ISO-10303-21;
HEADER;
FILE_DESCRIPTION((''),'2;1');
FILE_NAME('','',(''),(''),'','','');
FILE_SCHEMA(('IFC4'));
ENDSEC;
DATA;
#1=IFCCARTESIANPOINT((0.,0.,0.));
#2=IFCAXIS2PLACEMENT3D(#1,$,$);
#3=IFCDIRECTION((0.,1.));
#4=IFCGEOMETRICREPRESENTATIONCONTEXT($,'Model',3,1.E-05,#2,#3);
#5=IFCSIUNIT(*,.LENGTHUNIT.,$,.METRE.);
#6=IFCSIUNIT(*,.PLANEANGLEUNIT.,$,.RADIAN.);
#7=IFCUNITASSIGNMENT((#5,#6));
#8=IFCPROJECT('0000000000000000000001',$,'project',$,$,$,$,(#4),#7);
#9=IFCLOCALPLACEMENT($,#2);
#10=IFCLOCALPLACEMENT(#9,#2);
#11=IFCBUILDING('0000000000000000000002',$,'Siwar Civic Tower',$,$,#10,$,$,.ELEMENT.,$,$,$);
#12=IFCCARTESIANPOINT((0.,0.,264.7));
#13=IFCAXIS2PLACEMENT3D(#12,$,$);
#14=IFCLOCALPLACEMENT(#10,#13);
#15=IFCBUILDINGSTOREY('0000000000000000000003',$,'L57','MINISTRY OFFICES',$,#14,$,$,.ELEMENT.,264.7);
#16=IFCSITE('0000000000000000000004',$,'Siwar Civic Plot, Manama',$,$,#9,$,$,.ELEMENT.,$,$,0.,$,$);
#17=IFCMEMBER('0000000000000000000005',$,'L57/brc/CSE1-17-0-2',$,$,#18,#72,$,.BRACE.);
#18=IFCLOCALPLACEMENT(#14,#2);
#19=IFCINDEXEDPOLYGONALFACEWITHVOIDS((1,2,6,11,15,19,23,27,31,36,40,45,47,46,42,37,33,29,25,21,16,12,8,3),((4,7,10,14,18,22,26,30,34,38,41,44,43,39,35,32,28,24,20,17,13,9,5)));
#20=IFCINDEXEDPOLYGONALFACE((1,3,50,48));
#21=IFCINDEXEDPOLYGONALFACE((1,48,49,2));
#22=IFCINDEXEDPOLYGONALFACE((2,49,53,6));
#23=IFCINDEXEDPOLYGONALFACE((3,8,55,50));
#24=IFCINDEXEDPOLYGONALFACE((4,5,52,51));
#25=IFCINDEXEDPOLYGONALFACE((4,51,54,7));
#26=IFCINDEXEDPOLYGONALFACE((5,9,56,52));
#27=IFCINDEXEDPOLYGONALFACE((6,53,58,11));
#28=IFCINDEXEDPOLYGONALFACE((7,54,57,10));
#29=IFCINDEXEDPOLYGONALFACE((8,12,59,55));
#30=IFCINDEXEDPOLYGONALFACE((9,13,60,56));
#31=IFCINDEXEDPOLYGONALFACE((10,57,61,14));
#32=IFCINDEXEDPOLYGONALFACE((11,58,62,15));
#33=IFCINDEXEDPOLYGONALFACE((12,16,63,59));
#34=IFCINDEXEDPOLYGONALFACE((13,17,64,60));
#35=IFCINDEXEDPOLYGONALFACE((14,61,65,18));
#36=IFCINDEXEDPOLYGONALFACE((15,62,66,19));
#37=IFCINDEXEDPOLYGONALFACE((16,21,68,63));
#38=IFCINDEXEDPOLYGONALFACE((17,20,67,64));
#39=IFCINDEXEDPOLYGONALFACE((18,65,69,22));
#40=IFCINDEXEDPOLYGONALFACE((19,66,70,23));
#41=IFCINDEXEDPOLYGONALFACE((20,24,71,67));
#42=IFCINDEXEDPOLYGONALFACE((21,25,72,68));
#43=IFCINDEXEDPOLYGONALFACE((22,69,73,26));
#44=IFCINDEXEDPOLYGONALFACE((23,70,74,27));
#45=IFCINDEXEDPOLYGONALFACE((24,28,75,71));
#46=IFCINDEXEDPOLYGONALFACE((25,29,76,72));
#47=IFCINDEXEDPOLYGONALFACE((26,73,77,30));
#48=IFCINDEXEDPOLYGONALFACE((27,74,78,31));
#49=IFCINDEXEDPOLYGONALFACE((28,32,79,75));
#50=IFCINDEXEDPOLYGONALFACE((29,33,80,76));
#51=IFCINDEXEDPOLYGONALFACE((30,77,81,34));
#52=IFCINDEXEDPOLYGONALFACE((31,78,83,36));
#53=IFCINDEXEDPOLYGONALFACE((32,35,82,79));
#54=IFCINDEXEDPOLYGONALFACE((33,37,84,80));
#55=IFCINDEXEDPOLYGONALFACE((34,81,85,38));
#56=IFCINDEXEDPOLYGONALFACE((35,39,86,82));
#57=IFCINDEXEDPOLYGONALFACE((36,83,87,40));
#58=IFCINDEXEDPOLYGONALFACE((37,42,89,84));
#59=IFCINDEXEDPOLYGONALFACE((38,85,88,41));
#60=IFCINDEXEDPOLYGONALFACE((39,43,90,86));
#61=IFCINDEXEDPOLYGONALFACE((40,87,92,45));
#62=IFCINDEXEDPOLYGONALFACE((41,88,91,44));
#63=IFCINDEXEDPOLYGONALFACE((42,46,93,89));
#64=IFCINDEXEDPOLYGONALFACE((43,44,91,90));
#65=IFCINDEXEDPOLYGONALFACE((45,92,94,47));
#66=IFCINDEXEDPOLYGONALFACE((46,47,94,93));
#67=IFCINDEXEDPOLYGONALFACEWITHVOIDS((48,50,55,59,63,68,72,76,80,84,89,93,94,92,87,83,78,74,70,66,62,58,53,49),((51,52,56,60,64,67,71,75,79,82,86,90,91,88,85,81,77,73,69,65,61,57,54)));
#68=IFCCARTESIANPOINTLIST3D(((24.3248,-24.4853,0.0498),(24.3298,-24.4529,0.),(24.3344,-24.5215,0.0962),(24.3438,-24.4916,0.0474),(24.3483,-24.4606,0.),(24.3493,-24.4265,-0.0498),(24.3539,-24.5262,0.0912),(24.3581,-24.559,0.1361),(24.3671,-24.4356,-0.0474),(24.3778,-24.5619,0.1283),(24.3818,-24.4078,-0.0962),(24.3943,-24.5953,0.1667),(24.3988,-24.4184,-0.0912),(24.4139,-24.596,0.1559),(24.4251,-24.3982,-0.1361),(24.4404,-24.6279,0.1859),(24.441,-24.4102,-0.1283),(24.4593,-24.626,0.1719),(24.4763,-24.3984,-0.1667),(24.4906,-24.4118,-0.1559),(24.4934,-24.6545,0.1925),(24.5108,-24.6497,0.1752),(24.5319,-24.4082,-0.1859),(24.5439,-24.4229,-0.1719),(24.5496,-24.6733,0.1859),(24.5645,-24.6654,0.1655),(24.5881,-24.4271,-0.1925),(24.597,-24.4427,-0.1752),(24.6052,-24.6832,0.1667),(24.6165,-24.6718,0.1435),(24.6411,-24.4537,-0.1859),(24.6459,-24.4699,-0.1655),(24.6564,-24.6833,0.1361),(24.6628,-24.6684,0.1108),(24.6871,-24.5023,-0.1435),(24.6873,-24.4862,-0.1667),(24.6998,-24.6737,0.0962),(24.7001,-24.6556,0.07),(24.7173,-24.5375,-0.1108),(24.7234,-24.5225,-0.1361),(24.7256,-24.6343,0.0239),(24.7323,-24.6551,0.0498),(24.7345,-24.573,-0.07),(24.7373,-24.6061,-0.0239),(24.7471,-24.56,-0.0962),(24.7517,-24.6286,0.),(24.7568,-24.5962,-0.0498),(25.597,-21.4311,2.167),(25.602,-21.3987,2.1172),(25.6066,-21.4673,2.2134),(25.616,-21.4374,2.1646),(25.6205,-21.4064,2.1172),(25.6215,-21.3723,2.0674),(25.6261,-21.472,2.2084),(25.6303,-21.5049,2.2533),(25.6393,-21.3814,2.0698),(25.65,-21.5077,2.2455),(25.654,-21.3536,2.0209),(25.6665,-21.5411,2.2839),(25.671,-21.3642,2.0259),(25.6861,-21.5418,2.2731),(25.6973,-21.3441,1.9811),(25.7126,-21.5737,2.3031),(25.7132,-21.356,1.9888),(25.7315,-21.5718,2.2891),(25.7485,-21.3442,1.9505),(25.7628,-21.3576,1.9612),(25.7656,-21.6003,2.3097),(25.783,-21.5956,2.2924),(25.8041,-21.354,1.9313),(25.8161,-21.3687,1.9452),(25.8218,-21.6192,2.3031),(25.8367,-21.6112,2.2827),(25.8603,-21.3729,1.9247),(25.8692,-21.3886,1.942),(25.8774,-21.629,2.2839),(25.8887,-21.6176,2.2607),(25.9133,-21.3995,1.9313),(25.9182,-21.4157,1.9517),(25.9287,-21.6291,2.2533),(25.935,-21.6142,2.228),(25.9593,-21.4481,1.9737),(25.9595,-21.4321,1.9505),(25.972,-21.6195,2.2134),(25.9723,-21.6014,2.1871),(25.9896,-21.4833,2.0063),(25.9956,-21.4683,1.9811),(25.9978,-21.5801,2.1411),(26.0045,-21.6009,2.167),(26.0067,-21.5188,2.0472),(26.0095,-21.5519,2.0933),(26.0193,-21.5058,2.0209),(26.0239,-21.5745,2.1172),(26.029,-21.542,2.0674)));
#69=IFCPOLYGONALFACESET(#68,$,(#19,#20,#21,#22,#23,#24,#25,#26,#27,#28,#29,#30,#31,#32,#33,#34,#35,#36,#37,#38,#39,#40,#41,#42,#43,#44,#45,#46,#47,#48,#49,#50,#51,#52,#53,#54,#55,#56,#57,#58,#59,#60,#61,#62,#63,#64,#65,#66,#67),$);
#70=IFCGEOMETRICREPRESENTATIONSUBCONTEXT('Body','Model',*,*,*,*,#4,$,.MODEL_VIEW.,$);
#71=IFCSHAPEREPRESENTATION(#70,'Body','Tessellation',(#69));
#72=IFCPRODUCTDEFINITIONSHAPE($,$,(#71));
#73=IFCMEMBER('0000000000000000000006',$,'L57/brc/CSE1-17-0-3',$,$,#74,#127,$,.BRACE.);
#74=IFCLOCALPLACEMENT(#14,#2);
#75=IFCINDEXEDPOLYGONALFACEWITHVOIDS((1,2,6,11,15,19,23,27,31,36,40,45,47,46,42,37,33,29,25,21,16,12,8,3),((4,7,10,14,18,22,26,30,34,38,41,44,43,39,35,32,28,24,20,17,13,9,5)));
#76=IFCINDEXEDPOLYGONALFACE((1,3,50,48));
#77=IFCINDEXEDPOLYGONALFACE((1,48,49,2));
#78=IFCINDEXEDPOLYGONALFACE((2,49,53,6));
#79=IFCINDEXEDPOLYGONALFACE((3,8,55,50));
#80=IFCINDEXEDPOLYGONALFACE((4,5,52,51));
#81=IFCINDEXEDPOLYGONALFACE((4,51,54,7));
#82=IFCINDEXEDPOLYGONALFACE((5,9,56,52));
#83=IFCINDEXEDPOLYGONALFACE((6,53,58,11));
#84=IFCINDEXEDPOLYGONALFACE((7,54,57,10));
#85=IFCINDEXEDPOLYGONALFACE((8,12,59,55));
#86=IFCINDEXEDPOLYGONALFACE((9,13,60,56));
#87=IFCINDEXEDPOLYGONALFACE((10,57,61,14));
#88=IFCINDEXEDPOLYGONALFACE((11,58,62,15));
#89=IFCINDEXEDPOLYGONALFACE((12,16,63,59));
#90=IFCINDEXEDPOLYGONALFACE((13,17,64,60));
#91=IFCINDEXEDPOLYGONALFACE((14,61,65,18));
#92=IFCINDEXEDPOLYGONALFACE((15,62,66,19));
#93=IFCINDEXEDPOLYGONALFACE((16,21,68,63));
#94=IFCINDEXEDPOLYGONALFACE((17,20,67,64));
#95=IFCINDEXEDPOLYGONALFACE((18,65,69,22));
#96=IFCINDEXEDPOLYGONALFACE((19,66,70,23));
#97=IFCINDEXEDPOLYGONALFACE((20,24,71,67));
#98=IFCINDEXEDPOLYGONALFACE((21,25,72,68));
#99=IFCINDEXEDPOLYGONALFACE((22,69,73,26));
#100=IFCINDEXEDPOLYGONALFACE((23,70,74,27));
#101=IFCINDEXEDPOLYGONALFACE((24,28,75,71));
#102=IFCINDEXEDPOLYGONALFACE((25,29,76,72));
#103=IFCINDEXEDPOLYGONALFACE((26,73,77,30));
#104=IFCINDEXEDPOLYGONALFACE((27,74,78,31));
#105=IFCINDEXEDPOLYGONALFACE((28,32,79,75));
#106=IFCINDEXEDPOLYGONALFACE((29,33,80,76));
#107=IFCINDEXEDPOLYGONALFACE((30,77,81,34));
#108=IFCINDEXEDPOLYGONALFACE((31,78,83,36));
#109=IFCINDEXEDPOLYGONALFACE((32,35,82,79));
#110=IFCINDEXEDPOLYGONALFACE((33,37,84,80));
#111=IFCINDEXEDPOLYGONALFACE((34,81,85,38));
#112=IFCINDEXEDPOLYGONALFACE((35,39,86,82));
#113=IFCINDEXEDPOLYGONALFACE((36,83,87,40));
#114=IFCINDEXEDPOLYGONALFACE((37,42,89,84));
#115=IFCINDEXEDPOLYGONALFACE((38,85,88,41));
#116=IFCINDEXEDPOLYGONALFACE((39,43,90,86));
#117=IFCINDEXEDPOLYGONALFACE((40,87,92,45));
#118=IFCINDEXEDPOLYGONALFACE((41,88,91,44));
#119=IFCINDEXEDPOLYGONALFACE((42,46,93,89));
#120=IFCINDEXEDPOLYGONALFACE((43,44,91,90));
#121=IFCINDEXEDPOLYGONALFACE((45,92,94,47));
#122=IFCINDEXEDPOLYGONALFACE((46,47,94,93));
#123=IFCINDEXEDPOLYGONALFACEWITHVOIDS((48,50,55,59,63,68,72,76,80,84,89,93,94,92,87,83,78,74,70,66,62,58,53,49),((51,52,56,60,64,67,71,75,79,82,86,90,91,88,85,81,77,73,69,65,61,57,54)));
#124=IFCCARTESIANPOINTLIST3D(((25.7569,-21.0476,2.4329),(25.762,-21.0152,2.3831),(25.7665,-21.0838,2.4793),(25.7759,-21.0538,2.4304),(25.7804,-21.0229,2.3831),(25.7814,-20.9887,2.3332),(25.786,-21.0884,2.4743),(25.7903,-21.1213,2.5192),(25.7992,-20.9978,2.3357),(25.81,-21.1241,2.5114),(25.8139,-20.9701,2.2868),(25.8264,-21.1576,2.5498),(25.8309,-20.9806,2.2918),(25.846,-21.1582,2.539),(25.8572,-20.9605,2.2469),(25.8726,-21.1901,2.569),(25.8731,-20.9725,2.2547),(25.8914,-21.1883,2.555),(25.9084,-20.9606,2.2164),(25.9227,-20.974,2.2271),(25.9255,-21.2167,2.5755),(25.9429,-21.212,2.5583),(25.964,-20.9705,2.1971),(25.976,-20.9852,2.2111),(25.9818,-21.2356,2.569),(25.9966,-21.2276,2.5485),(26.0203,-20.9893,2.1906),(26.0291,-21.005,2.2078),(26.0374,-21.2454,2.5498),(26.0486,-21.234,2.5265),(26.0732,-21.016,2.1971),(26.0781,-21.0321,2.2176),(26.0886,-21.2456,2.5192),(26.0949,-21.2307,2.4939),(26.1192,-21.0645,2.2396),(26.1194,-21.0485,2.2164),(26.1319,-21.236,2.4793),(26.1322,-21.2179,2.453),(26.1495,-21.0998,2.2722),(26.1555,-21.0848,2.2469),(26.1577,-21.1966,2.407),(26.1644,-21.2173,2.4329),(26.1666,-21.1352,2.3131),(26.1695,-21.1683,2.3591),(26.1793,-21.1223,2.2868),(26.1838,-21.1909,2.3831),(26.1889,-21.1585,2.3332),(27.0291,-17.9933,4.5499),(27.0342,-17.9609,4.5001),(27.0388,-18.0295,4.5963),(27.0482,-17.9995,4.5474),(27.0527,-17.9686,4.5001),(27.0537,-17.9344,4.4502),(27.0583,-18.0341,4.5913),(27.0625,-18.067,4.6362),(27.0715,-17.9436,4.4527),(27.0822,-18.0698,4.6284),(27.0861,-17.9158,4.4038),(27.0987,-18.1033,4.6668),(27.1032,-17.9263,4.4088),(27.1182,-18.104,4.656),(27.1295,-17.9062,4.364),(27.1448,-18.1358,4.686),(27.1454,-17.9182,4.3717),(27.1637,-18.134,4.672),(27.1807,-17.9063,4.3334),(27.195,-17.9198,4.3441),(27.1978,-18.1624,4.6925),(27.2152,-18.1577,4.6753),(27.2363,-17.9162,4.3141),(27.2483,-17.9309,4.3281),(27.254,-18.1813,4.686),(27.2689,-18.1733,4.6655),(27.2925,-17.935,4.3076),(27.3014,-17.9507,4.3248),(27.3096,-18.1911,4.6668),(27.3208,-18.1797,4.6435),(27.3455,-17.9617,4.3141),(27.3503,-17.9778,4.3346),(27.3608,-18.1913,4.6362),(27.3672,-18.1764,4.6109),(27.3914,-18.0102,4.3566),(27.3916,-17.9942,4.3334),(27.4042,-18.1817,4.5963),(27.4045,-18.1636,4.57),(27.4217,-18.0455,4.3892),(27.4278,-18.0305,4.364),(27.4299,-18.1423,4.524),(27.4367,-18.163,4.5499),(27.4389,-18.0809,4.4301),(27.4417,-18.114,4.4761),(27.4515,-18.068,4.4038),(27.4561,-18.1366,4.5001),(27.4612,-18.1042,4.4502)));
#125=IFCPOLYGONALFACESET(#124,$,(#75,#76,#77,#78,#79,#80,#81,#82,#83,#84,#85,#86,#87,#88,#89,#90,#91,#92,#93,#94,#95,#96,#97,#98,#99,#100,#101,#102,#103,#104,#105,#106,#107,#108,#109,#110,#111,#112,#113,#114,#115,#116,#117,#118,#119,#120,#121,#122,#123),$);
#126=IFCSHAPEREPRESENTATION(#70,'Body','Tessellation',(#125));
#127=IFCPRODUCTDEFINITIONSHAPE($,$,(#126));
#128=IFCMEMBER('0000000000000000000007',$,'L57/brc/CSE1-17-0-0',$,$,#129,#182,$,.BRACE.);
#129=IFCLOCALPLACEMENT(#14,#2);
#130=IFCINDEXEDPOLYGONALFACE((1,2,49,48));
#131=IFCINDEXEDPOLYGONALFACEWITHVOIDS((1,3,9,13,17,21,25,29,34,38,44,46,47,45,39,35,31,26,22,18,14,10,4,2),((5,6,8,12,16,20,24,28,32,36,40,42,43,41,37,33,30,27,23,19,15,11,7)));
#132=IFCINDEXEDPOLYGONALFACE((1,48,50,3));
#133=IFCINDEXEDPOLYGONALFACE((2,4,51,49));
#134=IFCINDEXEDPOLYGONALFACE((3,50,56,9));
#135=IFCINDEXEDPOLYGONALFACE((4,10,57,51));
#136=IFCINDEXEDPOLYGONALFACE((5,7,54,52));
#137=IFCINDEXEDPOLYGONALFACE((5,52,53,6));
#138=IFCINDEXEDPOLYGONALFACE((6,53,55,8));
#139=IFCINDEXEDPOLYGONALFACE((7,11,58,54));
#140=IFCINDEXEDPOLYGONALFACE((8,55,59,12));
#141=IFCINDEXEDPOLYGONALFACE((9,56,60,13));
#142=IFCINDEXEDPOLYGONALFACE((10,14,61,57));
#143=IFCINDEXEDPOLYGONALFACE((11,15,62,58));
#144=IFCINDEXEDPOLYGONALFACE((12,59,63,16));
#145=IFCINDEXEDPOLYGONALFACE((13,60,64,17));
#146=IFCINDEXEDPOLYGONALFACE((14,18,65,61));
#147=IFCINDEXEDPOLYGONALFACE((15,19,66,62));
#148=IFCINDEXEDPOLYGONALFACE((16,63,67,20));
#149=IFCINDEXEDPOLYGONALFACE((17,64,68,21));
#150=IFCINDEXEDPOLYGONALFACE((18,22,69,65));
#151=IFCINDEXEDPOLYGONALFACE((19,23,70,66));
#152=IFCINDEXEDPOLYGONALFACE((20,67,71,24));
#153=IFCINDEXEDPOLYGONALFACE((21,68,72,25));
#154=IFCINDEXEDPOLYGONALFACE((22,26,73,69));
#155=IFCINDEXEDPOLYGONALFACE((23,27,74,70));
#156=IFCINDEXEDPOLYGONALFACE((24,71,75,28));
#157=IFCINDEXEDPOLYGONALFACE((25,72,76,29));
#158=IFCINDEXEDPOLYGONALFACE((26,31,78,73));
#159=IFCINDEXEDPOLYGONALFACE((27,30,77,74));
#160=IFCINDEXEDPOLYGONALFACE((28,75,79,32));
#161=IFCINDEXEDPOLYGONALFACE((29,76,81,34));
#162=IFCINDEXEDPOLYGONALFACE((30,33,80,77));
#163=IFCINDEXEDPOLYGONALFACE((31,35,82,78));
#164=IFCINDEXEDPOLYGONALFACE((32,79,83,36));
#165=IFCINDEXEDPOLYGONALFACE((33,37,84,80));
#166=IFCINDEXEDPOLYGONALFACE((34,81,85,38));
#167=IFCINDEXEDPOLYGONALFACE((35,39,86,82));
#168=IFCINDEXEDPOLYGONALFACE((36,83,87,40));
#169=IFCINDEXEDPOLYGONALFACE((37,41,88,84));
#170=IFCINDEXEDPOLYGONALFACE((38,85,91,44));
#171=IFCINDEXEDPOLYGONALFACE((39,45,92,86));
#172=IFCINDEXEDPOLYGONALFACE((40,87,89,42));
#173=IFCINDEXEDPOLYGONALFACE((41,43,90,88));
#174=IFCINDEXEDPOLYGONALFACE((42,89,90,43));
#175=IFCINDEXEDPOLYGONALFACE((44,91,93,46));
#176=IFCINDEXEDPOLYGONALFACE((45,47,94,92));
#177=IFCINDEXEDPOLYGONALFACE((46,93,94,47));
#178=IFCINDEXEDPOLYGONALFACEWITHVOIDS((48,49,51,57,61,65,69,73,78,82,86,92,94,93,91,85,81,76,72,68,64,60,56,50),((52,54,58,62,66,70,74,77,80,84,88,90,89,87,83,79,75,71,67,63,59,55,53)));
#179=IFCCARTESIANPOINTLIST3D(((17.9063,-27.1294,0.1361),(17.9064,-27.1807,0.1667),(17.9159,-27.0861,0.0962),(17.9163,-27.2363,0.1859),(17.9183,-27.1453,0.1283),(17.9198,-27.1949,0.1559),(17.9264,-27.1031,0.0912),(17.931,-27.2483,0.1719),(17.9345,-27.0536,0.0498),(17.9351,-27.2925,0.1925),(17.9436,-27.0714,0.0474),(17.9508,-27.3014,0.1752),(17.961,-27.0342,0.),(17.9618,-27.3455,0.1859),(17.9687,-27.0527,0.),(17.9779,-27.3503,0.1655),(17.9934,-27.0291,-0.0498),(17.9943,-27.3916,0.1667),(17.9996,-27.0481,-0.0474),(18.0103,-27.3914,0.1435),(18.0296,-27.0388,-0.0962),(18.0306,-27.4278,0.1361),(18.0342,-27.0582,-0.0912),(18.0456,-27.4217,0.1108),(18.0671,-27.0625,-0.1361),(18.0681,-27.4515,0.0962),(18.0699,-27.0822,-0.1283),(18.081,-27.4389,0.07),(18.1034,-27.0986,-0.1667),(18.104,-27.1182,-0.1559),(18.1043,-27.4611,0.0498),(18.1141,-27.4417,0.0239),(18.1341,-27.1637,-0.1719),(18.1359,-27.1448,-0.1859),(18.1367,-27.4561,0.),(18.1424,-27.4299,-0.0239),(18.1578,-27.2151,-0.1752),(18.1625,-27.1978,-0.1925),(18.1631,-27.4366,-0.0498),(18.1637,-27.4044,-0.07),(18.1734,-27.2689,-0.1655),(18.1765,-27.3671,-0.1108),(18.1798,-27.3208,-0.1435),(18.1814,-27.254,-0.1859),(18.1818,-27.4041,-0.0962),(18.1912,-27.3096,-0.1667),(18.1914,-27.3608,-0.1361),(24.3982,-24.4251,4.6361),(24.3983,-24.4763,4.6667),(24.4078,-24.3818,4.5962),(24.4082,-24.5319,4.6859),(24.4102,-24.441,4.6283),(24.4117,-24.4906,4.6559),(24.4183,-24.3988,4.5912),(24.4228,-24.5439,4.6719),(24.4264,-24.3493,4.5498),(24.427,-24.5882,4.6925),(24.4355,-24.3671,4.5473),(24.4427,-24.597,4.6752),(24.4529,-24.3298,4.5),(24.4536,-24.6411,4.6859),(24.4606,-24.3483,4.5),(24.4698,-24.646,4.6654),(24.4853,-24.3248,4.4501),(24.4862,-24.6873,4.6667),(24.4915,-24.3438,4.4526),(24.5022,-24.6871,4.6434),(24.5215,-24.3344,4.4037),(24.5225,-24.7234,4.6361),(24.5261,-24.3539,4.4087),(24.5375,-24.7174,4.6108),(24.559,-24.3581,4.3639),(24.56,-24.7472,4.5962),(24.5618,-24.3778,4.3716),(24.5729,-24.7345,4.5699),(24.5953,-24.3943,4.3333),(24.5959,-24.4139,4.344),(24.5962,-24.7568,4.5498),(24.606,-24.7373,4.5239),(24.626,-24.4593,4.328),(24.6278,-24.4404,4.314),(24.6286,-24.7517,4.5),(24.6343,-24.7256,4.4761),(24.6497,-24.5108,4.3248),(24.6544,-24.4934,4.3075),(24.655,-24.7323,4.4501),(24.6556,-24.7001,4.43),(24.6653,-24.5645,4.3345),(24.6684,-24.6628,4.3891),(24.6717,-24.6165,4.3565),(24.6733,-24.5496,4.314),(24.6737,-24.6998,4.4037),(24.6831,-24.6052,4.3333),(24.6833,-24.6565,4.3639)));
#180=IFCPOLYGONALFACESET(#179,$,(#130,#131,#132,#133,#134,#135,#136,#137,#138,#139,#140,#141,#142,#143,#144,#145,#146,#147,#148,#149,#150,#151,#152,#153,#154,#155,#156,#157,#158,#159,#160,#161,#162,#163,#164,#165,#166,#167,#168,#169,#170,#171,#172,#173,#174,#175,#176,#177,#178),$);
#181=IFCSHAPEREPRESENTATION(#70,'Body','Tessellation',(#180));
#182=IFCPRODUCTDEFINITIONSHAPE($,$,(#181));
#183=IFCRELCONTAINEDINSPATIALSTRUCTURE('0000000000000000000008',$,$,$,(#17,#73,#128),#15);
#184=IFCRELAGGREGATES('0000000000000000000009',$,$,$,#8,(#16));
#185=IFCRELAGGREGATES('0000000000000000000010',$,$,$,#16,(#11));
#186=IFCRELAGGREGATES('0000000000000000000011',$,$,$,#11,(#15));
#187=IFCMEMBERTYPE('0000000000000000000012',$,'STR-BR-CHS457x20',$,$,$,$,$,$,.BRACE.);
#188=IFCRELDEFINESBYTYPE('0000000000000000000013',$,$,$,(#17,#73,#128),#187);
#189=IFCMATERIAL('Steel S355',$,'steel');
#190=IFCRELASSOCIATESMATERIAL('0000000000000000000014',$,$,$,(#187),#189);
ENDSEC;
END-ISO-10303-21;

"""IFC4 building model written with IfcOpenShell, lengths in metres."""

from ifc_helpers import new_model, si_unit, direction, frame, origin, origin_2d, place, context, subcontext, project, spatial, hollow_circle, extrude, material, material_profile, profile_set, type_object, element, save


model = new_model("IFC4")

# Units and contexts
model_context = context("Model", 3, precision=1e-05, world=origin(), true_north=direction((0.0, 1.0)))
body_context = subcontext(model_context, "Body", "Model", "MODEL_VIEW")
ifc_project = project(units=[si_unit("LENGTHUNIT", "METRE"), si_unit("PLANEANGLEUNIT", "RADIAN")], contexts=[model_context])

# Site, building, storey
site_placement = place(None, origin())
site = spatial("IfcSite", under=ifc_project, at=site_placement, Name="Siwar Civic Plot, Manama", CompositionType="ELEMENT", RefElevation=0.0)
building_placement = place(site_placement, origin())
building = spatial("IfcBuilding", under=site, at=building_placement, Name="Siwar Civic Tower", CompositionType="ELEMENT")
storey_placement = place(building_placement, frame((0.0, 0.0, 264.7)))
storey = spatial("IfcBuildingStorey", under=building, at=storey_placement, Name="L57", Description="MINISTRY OFFICES", CompositionType="ELEMENT", Elevation=264.7)

# Members
ifc_material_1 = material(Name="Steel S355", Category="steel")
ifc_material_profile_1 = material_profile(ifc_material_1, hollow_circle(Radius=0.2285, WallThickness=0.02, at=origin_2d()), Name="CHS457x20")
ifc_profile_set_1 = profile_set([ifc_material_profile_1], Name="Steel S355")
member_type_1 = type_object("IfcMemberType", Name="STR-BR-CHS457x20", PredefinedType="BRACE", material=ifc_profile_set_1)
for number, where, z_axis, x_axis, name in (
    (1, (24.5408, -24.5408, 0.0), (0.323884, 0.777546, 0.538999), (-0.923116, 0.384521, 0.0), "L57/brc/CSE1-17-0-2"),
    (2, (25.9729, -21.103, 2.3831), (0.323895, 0.777572, 0.538955), (-0.923116, 0.384521, 0.0), "L57/brc/CSE1-17-0-3"),
):
    element("IfcMember", number, at=place(storey_placement, frame(where, z_axis=z_axis, x_axis=x_axis)), inside=storey, type_object=member_type_1, Name=name, PredefinedType="BRACE", context=body_context, shape_type="SweptSolid", body=[
        extrude(hollow_circle(Radius=0.2285, WallThickness=0.02, at=origin_2d()), origin(), (0.0, 0.0, 1.0), 3.928),
    ])
member_1_placement = place(storey_placement, frame((18.0488, -27.2451, 0.0), z_axis=(0.777555, 0.323906, 0.538975), x_axis=(-0.384539, 0.923109, 0.0)))
element("IfcMember", 3, at=member_1_placement, inside=storey, type_object=member_type_1, Name="L57/brc/CSE1-17-0-0", PredefinedType="BRACE", context=body_context, shape_type="SweptSolid", body=[
    extrude(hollow_circle(Radius=0.2285, WallThickness=0.02, at=origin_2d()), origin(), (0.0, 0.0, 1.0), 8.3491),
])

save(model, "model.ifc")
